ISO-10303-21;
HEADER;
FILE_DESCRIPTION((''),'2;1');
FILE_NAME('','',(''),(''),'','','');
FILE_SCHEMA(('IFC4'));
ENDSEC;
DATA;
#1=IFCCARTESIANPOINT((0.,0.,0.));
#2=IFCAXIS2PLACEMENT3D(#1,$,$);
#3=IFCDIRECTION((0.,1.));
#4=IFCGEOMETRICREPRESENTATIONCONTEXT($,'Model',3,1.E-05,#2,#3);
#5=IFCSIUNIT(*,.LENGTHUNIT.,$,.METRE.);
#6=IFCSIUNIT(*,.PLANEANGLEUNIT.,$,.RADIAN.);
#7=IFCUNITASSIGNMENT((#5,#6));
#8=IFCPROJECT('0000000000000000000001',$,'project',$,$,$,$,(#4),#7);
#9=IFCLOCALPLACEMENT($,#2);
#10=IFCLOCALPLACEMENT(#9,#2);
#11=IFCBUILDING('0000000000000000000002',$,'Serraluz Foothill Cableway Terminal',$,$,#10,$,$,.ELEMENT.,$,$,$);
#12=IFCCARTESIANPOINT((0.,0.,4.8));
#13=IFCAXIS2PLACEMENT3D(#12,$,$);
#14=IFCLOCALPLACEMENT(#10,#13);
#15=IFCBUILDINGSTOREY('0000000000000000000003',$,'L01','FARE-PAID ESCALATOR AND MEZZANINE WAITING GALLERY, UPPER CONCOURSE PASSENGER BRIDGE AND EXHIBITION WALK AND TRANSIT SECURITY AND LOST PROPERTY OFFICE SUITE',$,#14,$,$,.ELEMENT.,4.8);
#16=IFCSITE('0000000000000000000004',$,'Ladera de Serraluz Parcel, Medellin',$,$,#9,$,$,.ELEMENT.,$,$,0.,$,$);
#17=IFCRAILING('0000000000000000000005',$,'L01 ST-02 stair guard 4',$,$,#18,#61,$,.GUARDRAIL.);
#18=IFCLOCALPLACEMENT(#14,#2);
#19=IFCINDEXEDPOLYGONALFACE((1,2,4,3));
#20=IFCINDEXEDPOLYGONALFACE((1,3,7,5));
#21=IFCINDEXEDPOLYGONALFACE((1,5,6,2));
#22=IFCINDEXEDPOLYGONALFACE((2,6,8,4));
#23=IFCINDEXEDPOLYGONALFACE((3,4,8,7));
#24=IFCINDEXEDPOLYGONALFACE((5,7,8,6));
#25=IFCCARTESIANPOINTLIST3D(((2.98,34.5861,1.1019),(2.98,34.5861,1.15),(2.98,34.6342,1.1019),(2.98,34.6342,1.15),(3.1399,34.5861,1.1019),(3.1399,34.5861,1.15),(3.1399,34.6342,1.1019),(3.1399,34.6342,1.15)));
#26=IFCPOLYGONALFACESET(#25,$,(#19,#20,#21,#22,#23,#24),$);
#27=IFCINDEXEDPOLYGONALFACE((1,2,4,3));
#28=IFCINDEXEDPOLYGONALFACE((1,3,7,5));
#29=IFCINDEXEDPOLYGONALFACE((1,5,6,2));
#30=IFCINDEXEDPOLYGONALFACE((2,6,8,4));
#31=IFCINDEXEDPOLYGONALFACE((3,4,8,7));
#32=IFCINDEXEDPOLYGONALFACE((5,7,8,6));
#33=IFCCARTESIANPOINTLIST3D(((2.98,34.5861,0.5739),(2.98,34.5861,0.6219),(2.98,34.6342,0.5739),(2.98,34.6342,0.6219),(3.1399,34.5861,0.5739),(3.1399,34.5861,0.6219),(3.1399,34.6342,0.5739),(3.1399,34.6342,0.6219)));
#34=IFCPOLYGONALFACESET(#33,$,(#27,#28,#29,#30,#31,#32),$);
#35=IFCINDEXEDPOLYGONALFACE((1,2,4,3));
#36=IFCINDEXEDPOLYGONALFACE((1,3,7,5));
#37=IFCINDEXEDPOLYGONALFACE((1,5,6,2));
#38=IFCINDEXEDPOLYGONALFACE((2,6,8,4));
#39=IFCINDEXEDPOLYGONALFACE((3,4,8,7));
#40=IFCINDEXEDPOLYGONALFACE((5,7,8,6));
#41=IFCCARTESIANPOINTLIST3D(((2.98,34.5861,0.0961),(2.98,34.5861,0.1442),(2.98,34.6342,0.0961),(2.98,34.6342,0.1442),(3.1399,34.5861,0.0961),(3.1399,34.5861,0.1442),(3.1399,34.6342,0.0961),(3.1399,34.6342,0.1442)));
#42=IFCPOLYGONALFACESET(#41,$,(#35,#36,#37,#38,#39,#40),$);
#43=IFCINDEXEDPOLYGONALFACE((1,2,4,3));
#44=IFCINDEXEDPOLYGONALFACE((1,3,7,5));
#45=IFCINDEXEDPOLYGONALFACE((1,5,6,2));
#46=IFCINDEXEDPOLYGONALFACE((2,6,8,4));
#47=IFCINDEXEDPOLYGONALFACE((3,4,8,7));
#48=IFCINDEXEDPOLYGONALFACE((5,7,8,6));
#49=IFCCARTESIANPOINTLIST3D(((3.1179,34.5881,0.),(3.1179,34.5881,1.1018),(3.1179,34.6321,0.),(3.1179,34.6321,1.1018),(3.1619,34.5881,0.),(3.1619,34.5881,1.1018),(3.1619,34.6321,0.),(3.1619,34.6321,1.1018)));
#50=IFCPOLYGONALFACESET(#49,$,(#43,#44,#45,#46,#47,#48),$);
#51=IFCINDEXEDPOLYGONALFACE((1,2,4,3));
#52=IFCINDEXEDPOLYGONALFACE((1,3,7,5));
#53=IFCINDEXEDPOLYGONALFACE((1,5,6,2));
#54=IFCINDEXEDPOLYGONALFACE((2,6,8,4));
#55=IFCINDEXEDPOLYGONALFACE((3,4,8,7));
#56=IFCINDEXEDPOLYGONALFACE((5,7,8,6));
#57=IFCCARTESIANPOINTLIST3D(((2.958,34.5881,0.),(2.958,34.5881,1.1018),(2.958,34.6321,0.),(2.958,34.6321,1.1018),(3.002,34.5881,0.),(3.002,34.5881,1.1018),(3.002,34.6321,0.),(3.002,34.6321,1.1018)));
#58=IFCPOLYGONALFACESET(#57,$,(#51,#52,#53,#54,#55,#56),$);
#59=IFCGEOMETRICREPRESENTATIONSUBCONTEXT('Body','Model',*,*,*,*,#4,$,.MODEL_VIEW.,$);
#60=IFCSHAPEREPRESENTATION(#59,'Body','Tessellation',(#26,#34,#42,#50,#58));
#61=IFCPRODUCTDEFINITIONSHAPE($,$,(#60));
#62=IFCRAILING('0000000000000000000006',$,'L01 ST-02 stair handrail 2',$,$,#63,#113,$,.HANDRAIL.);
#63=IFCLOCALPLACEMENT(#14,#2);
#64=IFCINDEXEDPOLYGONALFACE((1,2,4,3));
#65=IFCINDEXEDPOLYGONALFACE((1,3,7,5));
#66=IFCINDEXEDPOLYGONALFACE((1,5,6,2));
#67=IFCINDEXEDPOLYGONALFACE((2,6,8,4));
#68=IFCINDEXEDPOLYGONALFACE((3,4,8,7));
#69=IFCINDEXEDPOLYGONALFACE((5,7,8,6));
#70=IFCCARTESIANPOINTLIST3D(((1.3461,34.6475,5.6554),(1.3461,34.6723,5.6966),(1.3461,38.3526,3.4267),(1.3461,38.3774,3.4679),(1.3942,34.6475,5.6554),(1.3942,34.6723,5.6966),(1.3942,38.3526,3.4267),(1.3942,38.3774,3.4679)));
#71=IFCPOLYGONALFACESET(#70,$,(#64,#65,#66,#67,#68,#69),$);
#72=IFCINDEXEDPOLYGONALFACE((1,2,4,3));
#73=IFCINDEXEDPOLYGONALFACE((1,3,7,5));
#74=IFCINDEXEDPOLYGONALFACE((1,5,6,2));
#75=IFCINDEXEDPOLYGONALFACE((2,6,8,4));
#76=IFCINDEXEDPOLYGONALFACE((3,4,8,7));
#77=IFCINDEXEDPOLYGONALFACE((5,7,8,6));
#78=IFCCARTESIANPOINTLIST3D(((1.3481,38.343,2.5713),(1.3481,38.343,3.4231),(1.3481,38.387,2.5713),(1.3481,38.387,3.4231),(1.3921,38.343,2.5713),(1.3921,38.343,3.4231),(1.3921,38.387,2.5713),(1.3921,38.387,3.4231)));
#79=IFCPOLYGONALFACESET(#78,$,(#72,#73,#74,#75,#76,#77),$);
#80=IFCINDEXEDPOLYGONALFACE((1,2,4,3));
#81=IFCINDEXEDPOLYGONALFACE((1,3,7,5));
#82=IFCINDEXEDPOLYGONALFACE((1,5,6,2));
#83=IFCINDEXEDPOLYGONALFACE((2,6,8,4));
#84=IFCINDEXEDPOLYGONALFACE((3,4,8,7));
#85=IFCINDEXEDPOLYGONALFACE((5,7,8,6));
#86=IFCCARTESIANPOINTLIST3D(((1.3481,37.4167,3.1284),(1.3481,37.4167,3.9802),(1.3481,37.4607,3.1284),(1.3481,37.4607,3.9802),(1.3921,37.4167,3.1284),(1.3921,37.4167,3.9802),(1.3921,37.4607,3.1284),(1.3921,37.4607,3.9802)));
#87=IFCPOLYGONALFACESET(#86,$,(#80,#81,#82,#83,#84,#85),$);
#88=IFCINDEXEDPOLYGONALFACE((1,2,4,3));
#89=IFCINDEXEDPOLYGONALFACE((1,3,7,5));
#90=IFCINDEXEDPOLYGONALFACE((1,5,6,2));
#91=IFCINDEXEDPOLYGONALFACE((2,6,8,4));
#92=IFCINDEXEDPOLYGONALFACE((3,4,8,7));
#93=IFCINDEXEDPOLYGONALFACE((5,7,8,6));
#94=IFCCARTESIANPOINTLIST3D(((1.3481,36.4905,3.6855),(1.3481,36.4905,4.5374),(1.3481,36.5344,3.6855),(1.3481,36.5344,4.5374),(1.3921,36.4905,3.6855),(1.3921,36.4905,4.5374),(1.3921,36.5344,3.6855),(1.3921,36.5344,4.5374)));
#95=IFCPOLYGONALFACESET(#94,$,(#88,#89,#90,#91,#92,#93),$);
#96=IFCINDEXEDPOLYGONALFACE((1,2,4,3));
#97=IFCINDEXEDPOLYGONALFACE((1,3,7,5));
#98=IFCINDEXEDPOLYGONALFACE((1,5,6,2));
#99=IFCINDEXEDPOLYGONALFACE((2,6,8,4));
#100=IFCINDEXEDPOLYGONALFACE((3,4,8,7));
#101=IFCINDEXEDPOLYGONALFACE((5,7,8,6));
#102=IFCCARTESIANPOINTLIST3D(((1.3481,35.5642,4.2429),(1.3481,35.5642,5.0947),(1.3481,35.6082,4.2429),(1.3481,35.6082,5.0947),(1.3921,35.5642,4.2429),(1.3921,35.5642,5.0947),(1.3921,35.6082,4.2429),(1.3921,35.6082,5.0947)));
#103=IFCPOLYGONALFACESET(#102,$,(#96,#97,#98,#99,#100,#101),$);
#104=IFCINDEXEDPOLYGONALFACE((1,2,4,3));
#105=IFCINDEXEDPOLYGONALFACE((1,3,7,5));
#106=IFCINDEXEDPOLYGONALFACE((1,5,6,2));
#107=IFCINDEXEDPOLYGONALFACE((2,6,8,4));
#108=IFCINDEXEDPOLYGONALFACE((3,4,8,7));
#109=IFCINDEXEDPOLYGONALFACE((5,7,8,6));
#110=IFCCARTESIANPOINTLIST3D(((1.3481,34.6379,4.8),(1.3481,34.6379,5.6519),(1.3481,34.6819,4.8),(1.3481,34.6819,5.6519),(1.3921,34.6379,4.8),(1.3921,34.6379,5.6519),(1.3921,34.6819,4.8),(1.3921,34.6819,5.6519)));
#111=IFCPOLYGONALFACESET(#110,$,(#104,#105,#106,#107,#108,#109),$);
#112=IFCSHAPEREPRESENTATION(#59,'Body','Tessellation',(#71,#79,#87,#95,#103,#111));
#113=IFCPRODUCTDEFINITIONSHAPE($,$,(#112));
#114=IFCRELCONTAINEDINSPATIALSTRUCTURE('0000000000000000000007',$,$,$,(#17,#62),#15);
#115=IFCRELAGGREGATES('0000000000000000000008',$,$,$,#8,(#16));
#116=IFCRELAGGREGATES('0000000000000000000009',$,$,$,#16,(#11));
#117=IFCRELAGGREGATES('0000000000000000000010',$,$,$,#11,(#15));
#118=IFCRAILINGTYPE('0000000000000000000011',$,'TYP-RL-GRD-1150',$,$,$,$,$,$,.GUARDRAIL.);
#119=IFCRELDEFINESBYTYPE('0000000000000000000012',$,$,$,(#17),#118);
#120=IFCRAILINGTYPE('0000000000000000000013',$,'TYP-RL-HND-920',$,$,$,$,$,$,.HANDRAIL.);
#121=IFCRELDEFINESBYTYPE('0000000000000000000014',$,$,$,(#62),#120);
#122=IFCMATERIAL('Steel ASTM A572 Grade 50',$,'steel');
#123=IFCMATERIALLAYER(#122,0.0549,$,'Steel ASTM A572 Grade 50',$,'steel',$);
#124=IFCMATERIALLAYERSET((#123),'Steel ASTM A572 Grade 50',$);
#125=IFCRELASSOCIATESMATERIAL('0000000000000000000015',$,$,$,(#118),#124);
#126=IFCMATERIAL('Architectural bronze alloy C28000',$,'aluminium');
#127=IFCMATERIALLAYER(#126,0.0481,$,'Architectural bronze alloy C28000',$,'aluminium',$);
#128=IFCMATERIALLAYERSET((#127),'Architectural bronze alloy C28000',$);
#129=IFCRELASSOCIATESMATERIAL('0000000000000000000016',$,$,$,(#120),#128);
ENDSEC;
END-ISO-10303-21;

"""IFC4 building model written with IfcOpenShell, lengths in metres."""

from ifc_helpers import new_model, si_unit, direction, frame, origin, origin_2d, place, context, subcontext, project, spatial, rectangle, extrude, material, layer, layer_set, type_object, element, save


model = new_model("IFC4")

# Units and contexts
model_context = context("Model", 3, precision=1e-05, world=origin(), true_north=direction((0.0, 1.0)))
body_context = subcontext(model_context, "Body", "Model", "MODEL_VIEW")
ifc_project = project(units=[si_unit("LENGTHUNIT", "METRE"), si_unit("PLANEANGLEUNIT", "RADIAN")], contexts=[model_context])

# Site, building, storey
site_placement = place(None, origin())
site = spatial("IfcSite", under=ifc_project, at=site_placement, Name="Ladera de Serraluz Parcel, Medellin", CompositionType="ELEMENT", RefElevation=0.0)
building_placement = place(site_placement, origin())
building = spatial("IfcBuilding", under=site, at=building_placement, Name="Serraluz Foothill Cableway Terminal", CompositionType="ELEMENT")
storey_placement = place(building_placement, frame((0.0, 0.0, 4.8)))
storey = spatial("IfcBuildingStorey", under=building, at=storey_placement, Name="L01", Description="FARE-PAID ESCALATOR AND MEZZANINE WAITING GALLERY, UPPER CONCOURSE PASSENGER BRIDGE AND EXHIBITION WALK AND TRANSIT SECURITY AND LOST PROPERTY OFFICE SUITE", CompositionType="ELEMENT", Elevation=4.8)

# Shared definitions
ifc_material_1 = material(Name="Architectural bronze alloy C28000", Category="aluminium")

# Railings
ifc_material_2 = material(Name="Steel ASTM A572 Grade 50", Category="steel")
ifc_layer_1 = layer(ifc_material_2, 0.0549, Name="Steel ASTM A572 Grade 50", Category="steel")
ifc_layer_set_1 = layer_set([ifc_layer_1], Name="Steel ASTM A572 Grade 50")
railing_type_1 = type_object("IfcRailingType", Name="TYP-RL-GRD-1150", PredefinedType="GUARDRAIL", material=ifc_layer_set_1)
railing_1_placement = place(storey_placement, frame((3.1399, 34.6101, 0.0)))
element("IfcRailing", 1, at=railing_1_placement, inside=storey, type_object=railing_type_1, Name="L01 ST-02 stair guard 4", PredefinedType="GUARDRAIL", context=body_context, shape_type="SweptSolid", body=[
    extrude(rectangle(XDim=0.0481, YDim=0.0481, at=origin_2d()), frame((0.0, 0.0, 1.126), z_axis=(-1.0, 0.0, 0.0), x_axis=(0.0, -1.0, 0.0)), (0.0, 0.0, 1.0), 0.1599),
    extrude(rectangle(XDim=0.0481, YDim=0.0481, at=origin_2d()), frame((0.0, 0.0, 0.5979), z_axis=(-1.0, 0.0, 0.0), x_axis=(0.0, -1.0, 0.0)), (0.0, 0.0, 1.0), 0.1599),
    extrude(rectangle(XDim=0.0481, YDim=0.0481, at=origin_2d()), frame((0.0, 0.0, 0.1201), z_axis=(-1.0, 0.0, 0.0), x_axis=(0.0, -1.0, 0.0)), (0.0, 0.0, 1.0), 0.1599),
    extrude(rectangle(XDim=0.0439, YDim=0.0439, at=origin_2d()), origin(), (0.0, 0.0, 1.0), 1.1018),
    extrude(rectangle(XDim=0.0439, YDim=0.0439, at=origin_2d()), frame((-0.1599, 0.0, 0.0)), (0.0, 0.0, 1.0), 1.1018),
])
ifc_layer_2 = layer(ifc_material_1, 0.0481, Name="Architectural bronze alloy C28000", Category="aluminium")
ifc_layer_set_2 = layer_set([ifc_layer_2], Name="Architectural bronze alloy C28000")
railing_type_2 = type_object("IfcRailingType", Name="TYP-RL-HND-920", PredefinedType="HANDRAIL", material=ifc_layer_set_2)
railing_2_placement = place(storey_placement, frame((1.3701, 38.365, 2.5713)))
element("IfcRailing", 2, at=railing_2_placement, inside=storey, type_object=railing_type_2, Name="L01 ST-02 stair handrail 2", PredefinedType="HANDRAIL", context=body_context, shape_type="SweptSolid", body=[
    extrude(rectangle(XDim=0.0481, YDim=0.0481, at=origin_2d()), frame((0.0, 0.0, 0.876), z_axis=(0.0, -0.856909, 0.515467), x_axis=(1.0, 0.0, 0.0)), (0.0, 0.0, 1.0), 4.3237),
    extrude(rectangle(XDim=0.0439, YDim=0.0439, at=origin_2d()), origin(), (0.0, 0.0, 1.0), 0.8518),
    extrude(rectangle(XDim=0.0439, YDim=0.0439, at=origin_2d()), frame((0.0, -0.9263, 0.5571)), (0.0, 0.0, 1.0), 0.8518),
    extrude(rectangle(XDim=0.0439, YDim=0.0439, at=origin_2d()), frame((0.0, -1.8525, 1.1143)), (0.0, 0.0, 1.0), 0.8518),
    extrude(rectangle(XDim=0.0439, YDim=0.0439, at=origin_2d()), frame((0.0, -2.7788, 1.6716)), (0.0, 0.0, 1.0), 0.8518),
    extrude(rectangle(XDim=0.0439, YDim=0.0439, at=origin_2d()), frame((0.0, -3.7051, 2.2288)), (0.0, 0.0, 1.0), 0.8518),
])

save(model, "model.ifc")
